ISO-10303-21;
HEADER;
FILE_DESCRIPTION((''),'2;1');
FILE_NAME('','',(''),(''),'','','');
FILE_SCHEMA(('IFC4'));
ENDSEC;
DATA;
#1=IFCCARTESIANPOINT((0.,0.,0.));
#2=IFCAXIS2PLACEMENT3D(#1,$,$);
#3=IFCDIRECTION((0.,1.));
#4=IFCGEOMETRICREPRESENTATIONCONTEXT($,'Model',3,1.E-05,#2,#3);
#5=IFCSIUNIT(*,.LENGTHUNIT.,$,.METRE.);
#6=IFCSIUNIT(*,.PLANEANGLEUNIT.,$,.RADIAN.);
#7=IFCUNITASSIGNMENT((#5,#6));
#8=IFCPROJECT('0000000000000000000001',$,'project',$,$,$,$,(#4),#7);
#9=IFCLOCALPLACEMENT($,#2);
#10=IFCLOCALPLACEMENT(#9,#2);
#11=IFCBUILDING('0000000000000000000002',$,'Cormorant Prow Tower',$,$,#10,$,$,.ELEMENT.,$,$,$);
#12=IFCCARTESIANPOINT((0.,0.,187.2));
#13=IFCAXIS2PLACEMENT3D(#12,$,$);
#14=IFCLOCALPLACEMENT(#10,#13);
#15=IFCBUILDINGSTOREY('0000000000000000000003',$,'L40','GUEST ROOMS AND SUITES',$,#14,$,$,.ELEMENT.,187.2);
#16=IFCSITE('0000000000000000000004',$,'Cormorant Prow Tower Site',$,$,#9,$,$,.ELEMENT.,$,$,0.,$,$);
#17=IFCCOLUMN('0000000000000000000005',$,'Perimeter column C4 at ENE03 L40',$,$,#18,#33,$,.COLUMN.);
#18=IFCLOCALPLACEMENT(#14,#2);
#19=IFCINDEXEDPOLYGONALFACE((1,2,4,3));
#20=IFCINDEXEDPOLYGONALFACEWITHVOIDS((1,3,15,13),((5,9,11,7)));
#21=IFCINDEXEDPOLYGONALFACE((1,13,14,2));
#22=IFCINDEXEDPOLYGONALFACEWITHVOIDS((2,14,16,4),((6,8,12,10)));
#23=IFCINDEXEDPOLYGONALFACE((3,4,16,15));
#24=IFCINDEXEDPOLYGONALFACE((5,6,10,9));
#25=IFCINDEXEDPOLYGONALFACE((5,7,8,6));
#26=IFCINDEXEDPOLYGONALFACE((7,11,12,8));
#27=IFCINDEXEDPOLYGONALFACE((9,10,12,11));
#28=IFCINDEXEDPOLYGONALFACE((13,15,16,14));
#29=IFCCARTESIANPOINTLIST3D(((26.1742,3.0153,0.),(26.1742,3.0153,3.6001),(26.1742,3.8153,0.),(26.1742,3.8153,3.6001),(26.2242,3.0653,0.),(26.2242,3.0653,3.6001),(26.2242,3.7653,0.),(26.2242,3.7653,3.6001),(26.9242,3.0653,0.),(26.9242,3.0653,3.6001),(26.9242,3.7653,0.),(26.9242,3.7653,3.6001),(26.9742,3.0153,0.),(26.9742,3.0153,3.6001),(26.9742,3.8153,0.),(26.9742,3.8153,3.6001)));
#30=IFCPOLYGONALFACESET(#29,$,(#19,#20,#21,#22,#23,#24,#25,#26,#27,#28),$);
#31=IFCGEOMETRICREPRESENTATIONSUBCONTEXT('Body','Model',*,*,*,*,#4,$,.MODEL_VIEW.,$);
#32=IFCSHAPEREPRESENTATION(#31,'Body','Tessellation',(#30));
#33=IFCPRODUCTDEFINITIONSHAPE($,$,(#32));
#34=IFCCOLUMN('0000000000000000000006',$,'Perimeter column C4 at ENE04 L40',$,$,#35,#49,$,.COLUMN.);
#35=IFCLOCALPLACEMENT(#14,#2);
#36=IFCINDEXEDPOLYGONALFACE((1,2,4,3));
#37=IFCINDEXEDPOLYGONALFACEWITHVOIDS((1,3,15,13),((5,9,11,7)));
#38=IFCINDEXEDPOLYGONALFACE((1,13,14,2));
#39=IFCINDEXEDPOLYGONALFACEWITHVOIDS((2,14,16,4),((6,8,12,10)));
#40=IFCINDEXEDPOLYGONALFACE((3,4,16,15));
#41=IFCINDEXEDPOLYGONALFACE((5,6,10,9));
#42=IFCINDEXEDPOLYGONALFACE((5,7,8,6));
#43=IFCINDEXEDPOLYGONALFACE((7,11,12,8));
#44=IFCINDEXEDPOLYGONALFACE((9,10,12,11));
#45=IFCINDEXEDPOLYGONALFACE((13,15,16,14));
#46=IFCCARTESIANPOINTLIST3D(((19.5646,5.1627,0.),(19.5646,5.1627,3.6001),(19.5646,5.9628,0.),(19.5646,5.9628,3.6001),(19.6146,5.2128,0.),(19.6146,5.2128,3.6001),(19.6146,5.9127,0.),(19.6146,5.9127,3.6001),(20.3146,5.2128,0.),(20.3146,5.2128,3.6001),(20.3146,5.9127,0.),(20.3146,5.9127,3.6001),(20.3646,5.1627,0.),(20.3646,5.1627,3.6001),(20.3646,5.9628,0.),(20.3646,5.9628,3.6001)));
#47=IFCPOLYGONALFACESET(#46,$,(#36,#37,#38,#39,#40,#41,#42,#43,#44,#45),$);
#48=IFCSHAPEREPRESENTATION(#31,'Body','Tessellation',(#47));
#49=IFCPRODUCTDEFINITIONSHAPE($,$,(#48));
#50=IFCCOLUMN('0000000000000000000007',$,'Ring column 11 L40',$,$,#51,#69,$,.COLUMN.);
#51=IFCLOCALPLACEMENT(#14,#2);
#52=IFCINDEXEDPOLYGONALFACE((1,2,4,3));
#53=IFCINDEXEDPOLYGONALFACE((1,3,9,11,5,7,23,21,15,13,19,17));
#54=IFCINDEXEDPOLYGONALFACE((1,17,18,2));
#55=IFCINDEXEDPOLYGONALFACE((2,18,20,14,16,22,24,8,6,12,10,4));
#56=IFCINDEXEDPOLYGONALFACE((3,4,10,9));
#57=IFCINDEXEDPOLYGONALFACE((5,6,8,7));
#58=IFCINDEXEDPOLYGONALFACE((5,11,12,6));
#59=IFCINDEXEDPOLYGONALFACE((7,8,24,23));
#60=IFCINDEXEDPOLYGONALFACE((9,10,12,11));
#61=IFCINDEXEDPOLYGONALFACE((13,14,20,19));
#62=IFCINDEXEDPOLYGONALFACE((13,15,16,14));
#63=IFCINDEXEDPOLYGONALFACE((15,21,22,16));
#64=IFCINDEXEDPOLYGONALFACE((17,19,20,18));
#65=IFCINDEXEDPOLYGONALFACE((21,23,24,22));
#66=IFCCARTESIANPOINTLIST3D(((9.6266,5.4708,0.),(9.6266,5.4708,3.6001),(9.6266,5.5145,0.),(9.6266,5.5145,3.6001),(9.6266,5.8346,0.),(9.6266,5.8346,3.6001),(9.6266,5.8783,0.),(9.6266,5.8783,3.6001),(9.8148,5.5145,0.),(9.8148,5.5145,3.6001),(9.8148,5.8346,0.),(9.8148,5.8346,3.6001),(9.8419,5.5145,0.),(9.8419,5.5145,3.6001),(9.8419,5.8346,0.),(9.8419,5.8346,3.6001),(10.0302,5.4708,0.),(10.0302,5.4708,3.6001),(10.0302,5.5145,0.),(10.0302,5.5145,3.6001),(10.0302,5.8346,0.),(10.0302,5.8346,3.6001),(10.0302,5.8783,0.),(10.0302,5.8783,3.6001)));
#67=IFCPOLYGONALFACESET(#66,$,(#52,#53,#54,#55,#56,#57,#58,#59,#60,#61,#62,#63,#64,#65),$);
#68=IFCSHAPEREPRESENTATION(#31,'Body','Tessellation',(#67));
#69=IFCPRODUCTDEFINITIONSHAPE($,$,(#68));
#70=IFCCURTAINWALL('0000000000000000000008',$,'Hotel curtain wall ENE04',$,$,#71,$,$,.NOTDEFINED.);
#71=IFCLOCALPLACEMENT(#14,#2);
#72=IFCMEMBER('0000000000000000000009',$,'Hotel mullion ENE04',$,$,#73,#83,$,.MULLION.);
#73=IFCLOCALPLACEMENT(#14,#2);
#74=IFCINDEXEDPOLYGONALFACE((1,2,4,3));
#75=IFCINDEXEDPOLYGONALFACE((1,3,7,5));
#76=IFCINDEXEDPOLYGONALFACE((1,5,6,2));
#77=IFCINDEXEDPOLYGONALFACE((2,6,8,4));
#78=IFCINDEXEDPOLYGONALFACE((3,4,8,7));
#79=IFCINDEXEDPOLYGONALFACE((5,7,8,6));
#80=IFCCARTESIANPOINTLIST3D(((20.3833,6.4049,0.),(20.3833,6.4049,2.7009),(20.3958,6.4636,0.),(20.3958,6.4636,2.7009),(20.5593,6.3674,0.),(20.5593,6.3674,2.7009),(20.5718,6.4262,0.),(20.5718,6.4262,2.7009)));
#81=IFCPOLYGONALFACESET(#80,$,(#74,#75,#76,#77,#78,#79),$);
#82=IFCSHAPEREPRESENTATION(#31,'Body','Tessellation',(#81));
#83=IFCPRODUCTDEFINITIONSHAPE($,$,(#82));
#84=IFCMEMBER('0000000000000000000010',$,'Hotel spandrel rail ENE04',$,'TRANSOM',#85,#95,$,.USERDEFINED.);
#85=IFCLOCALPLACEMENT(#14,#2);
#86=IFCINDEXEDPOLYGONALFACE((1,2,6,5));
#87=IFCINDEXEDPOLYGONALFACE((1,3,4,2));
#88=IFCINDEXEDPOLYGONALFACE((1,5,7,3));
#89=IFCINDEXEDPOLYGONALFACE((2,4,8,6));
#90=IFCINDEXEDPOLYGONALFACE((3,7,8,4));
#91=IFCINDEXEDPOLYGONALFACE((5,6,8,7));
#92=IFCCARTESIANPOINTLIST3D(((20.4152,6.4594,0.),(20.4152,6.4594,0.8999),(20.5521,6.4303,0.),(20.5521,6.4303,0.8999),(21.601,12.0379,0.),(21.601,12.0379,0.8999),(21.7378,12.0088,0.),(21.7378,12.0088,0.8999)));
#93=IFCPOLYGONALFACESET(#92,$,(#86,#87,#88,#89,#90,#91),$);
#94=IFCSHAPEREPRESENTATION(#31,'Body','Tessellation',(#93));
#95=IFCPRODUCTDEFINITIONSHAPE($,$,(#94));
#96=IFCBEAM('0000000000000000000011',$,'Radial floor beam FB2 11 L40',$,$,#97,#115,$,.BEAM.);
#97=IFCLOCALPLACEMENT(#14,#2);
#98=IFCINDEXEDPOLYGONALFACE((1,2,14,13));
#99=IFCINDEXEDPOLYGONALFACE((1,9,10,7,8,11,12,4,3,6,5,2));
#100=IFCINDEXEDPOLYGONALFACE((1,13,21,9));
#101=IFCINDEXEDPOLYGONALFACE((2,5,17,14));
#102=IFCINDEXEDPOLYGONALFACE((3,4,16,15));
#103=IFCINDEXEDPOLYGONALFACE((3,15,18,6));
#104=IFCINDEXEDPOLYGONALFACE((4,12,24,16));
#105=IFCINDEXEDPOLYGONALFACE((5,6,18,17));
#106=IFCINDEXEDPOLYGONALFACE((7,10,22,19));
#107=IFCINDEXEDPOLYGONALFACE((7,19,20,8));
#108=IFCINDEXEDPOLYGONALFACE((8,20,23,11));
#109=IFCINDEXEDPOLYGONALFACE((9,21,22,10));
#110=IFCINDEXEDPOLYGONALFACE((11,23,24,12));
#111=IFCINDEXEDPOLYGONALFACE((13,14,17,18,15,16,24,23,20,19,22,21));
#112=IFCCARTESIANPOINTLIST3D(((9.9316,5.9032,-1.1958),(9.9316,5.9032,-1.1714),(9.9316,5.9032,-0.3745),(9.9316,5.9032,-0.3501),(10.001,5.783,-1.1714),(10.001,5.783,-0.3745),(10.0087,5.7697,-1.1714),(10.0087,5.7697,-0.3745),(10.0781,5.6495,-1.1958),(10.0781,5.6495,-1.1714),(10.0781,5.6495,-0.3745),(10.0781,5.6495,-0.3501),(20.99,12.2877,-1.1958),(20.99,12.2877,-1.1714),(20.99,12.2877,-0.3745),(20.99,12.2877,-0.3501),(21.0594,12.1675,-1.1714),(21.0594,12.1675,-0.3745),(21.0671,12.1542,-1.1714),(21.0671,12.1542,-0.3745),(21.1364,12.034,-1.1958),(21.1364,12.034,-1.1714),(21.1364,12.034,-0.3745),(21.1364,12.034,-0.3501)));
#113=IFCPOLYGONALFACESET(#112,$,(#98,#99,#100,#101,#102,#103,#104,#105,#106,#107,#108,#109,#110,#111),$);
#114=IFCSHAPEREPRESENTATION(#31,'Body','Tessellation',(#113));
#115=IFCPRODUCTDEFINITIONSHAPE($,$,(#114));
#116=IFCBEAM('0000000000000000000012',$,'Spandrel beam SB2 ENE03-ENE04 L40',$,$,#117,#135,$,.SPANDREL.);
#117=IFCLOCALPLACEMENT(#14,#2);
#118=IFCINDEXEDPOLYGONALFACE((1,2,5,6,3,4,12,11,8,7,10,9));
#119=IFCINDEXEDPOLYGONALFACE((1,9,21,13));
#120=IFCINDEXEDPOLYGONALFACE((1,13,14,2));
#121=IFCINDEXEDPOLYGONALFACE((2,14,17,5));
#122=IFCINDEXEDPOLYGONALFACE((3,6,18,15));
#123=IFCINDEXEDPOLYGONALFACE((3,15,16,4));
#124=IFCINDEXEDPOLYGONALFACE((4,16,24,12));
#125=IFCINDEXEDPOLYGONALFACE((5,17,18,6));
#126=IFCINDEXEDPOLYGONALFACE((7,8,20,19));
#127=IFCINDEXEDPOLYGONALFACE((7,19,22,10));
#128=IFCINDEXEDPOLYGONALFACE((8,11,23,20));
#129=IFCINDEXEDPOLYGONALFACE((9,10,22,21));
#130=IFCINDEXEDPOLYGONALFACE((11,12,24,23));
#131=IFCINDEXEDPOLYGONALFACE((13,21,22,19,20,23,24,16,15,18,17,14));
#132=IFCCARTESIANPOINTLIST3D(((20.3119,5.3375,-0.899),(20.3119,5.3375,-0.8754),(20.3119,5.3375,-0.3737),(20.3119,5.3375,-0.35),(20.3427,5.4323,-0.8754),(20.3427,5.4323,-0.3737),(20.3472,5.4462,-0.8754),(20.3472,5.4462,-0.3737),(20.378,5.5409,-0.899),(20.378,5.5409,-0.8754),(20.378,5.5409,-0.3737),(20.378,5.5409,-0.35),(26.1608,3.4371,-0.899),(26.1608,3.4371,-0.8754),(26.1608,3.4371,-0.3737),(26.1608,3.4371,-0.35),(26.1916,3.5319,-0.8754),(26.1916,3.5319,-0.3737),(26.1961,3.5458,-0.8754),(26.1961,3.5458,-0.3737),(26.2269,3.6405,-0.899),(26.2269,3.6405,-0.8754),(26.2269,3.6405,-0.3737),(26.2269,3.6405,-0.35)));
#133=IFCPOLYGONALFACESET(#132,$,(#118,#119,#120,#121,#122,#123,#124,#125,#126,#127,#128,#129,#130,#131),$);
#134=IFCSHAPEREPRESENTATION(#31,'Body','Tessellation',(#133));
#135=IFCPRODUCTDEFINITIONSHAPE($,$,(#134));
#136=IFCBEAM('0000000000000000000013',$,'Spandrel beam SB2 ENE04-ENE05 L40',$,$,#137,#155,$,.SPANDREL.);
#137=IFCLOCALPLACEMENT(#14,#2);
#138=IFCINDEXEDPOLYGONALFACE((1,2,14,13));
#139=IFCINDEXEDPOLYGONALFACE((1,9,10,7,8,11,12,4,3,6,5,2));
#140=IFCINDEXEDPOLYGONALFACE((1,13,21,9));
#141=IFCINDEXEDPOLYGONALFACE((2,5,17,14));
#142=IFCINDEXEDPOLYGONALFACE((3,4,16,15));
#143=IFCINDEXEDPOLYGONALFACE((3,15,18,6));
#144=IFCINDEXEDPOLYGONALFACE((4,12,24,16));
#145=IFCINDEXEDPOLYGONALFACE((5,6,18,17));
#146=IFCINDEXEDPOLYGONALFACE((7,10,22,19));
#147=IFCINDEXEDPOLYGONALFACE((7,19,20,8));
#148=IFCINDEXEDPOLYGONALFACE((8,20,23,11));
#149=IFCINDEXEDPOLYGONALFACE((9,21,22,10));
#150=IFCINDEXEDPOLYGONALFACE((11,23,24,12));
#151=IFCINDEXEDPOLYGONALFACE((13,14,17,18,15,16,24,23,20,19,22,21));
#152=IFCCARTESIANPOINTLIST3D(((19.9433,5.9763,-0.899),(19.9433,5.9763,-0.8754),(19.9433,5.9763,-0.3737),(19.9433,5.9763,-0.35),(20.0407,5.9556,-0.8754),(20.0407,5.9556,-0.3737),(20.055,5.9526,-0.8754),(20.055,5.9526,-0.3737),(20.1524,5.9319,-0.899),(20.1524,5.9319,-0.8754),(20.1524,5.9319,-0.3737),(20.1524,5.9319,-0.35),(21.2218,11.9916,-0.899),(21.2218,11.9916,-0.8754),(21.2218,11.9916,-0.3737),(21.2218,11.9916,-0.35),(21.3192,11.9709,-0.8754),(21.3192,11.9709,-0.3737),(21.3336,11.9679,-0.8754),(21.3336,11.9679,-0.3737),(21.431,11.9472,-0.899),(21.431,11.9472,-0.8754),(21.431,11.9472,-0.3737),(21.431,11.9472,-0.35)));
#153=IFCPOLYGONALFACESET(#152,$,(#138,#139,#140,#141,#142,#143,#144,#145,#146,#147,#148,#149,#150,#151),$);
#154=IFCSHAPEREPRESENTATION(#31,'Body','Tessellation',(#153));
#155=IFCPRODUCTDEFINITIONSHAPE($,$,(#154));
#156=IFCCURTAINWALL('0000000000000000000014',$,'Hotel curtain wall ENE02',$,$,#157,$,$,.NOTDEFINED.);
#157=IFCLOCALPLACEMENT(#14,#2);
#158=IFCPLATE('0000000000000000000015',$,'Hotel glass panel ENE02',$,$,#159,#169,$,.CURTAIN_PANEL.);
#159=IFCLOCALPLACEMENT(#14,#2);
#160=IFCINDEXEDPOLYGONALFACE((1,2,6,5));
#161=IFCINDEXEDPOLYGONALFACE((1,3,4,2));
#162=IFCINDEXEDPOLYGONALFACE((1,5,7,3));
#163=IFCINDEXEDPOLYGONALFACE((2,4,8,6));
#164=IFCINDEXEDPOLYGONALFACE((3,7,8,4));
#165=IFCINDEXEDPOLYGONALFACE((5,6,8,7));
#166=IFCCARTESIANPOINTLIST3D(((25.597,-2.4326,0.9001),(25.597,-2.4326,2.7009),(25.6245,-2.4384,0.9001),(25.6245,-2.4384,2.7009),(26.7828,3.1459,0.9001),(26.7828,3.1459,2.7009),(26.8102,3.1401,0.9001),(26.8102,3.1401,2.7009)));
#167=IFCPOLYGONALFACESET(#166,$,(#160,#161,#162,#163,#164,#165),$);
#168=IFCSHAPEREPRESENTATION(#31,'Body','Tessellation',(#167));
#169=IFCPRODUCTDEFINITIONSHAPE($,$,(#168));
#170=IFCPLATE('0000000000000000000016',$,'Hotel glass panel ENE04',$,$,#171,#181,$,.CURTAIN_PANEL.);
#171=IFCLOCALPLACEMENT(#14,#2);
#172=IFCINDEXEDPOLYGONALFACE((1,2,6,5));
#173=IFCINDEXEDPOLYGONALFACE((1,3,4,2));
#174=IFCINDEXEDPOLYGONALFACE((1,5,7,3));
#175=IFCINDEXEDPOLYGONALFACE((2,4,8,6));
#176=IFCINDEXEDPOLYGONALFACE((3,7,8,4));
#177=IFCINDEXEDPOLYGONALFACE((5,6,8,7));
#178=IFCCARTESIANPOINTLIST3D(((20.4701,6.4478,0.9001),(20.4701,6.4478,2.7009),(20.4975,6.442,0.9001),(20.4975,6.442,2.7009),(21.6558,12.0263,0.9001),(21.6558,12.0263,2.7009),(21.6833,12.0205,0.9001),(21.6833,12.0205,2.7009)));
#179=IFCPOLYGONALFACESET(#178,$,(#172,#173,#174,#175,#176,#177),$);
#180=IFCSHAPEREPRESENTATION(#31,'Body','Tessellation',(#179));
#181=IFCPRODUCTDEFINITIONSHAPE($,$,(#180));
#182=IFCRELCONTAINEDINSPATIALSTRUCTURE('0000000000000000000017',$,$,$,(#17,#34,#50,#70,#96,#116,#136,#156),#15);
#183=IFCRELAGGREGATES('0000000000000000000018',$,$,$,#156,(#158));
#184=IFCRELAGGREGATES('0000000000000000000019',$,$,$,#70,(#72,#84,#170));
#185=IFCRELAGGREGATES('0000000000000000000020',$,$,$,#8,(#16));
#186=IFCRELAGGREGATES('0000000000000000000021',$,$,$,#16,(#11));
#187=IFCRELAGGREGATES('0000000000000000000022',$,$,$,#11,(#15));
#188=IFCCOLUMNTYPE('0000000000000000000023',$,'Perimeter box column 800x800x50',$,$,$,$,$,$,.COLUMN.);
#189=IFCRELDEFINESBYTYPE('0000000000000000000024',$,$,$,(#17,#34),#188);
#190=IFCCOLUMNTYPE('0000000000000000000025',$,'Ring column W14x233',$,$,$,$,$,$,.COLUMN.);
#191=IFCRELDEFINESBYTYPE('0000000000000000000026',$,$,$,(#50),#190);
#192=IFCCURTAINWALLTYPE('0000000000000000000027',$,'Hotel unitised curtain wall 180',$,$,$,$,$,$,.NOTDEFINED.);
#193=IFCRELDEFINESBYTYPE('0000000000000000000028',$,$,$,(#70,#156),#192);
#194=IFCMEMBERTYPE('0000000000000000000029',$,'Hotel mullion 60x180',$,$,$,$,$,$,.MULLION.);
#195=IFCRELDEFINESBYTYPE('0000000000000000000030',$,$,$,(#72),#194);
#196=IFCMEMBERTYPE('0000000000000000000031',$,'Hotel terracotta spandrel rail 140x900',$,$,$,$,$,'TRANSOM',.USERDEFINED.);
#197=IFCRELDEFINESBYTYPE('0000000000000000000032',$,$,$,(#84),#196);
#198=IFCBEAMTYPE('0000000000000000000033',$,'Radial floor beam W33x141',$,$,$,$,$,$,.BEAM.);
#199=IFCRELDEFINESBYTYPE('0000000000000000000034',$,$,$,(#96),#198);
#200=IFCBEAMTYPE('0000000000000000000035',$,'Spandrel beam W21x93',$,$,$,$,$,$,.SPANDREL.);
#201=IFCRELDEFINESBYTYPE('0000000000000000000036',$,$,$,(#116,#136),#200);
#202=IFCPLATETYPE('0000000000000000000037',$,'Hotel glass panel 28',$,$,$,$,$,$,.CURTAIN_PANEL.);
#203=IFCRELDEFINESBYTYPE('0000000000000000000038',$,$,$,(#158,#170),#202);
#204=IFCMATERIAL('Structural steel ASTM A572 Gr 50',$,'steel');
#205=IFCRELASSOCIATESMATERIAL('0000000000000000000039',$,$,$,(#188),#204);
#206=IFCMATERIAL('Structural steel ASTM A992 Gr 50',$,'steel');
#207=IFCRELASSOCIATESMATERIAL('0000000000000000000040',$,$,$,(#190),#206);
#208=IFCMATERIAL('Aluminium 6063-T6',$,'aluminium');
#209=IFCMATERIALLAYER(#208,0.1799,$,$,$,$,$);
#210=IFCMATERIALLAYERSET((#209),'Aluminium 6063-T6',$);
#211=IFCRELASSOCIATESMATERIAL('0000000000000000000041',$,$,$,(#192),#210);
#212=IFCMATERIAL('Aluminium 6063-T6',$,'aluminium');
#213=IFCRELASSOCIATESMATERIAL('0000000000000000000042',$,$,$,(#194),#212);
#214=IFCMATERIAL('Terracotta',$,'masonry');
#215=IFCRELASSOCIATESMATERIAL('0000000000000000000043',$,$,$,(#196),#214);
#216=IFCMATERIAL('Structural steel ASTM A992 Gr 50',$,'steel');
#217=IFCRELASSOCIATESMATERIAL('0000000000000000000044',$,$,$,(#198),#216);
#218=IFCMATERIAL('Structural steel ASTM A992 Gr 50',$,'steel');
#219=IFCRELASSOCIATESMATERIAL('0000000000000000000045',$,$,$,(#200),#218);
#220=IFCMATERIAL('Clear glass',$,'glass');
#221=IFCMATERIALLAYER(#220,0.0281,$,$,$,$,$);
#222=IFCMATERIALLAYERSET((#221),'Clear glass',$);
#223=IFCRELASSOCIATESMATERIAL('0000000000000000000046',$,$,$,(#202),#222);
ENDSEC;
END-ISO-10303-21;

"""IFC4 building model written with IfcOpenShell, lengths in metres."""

from ifc_helpers import new_model, si_unit, direction, frame, origin, origin_2d, place, context, subcontext, project, spatial, rectangle, hollow_rectangle, i_section, extrude, material, layer, layer_set, material_profile, profile_set, type_object, element, aggregate, save


model = new_model("IFC4")

# Units and contexts
model_context = context("Model", 3, precision=1e-05, world=origin(), true_north=direction((0.0, 1.0)))
body_context = subcontext(model_context, "Body", "Model", "MODEL_VIEW")
ifc_project = project(units=[si_unit("LENGTHUNIT", "METRE"), si_unit("PLANEANGLEUNIT", "RADIAN")], contexts=[model_context])

# Site, building, storey
site_placement = place(None, origin())
site = spatial("IfcSite", under=ifc_project, at=site_placement, Name="Cormorant Prow Tower Site", CompositionType="ELEMENT", RefElevation=0.0)
building_placement = place(site_placement, origin())
building = spatial("IfcBuilding", under=site, at=building_placement, Name="Cormorant Prow Tower", CompositionType="ELEMENT")
storey_placement = place(building_placement, frame((0.0, 0.0, 187.2)))
storey = spatial("IfcBuildingStorey", under=building, at=storey_placement, Name="L40", Description="GUEST ROOMS AND SUITES", CompositionType="ELEMENT", Elevation=187.2)

# Columns
ifc_material_1 = material(Name="Structural steel ASTM A572 Gr 50", Category="steel")
ifc_material_profile_1 = material_profile(ifc_material_1, hollow_rectangle(XDim=0.8, YDim=0.8, WallThickness=0.05, at=origin_2d()), Name="Box 800x800x50")
ifc_profile_set_1 = profile_set([ifc_material_profile_1], Name="Structural steel ASTM A572 Gr 50")
column_type_1 = type_object("IfcColumnType", Name="Perimeter box column 800x800x50", PredefinedType="COLUMN", material=ifc_profile_set_1)
for number, where, z_axis, x_axis, name in (
    (1, (26.5742, 3.4153, 0.0), (0.0, 0.0, 1.0), (1.0, 0.0, 0.0), "Perimeter column C4 at ENE03 L40"),
    (2, (19.9646, 5.5627, 0.0), (0.0, 0.0, 1.0), (1.0, 0.0, 0.0), "Perimeter column C4 at ENE04 L40"),
):
    element("IfcColumn", number, at=place(storey_placement, frame(where, z_axis=z_axis, x_axis=x_axis)), inside=storey, type_object=column_type_1, Name=name, PredefinedType="COLUMN", context=body_context, shape_type="SweptSolid", body=[
        extrude(hollow_rectangle(XDim=0.8, YDim=0.8, WallThickness=0.05, at=origin_2d()), origin(), (0.0, 0.0, 1.0), 3.6001),
    ])
ifc_material_2 = material(Name="Structural steel ASTM A992 Gr 50", Category="steel")
ifc_material_profile_2 = material_profile(ifc_material_2, i_section(OverallWidth=0.4036, OverallDepth=0.4075, WebThickness=0.0271, FlangeThickness=0.0437, at=origin_2d()), Name="W14x233")
ifc_profile_set_2 = profile_set([ifc_material_profile_2], Name="Structural steel ASTM A992 Gr 50")
column_type_2 = type_object("IfcColumnType", Name="Ring column W14x233", PredefinedType="COLUMN", material=ifc_profile_set_2)
column_placement = place(storey_placement, frame((9.8284, 5.6746, 0.0), z_axis=(0.0, 0.0, 1.0), x_axis=(1.0, 0.0, 0.0)))
element("IfcColumn", 3, at=column_placement, inside=storey, type_object=column_type_2, Name="Ring column 11 L40", PredefinedType="COLUMN", context=body_context, shape_type="SweptSolid", body=[
    extrude(i_section(OverallWidth=0.4036, OverallDepth=0.4075, WebThickness=0.0271, FlangeThickness=0.0437, at=origin_2d()), origin(), (0.0, 0.0, 1.0), 3.6001),
])

# Curtain wall, members
ifc_material_3 = material(Name="Aluminium 6063-T6", Category="aluminium")
ifc_layer_1 = layer(ifc_material_3, 0.1799)
ifc_layer_set_1 = layer_set([ifc_layer_1], Name="Aluminium 6063-T6")
curtain_wall_type = type_object("IfcCurtainWallType", Name="Hotel unitised curtain wall 180", PredefinedType="NOTDEFINED", material=ifc_layer_set_1)
curtain_wall_1_placement = place(storey_placement, origin())
curtain_wall_1 = element("IfcCurtainWall", 4, at=curtain_wall_1_placement, inside=storey, type_object=curtain_wall_type, Name="Hotel curtain wall ENE04", PredefinedType="NOTDEFINED")
ifc_material_4 = material(Name="Aluminium 6063-T6", Category="aluminium")
ifc_material_profile_3 = material_profile(ifc_material_4, rectangle(XDim=0.1799, YDim=0.0601, at=origin_2d()), Name="Hotel mullion 60x180")
ifc_profile_set_3 = profile_set([ifc_material_profile_3], Name="Aluminium 6063-T6")
member_type_1 = type_object("IfcMemberType", Name="Hotel mullion 60x180", PredefinedType="MULLION", material=ifc_profile_set_3)
member_1_placement = place(storey_placement, frame((20.4775, 6.4155, 0.0), z_axis=(0.0, 0.0, 1.0), x_axis=(-0.978148, 0.207912, 0.0)))
member_1 = element("IfcMember", 5, at=member_1_placement, type_object=member_type_1, Name="Hotel mullion ENE04", PredefinedType="MULLION", context=body_context, shape_type="SweptSolid", body=[
    extrude(rectangle(XDim=0.1799, YDim=0.0601, at=origin_2d()), origin(), (0.0, 0.0, 1.0), 2.7009),
])
ifc_material_5 = material(Name="Terracotta", Category="masonry")
ifc_material_profile_4 = material_profile(ifc_material_5, rectangle(XDim=0.1399, YDim=0.8999, at=origin_2d()), Name="Hotel terracotta spandrel rail 140x900")
ifc_profile_set_4 = profile_set([ifc_material_profile_4], Name="Terracotta")
member_type_2 = type_object("IfcMemberType", Name="Hotel terracotta spandrel rail 140x900", ElementType="TRANSOM", PredefinedType="USERDEFINED", material=ifc_profile_set_4)
member_2_placement = place(storey_placement, frame((20.4836, 6.4448, 0.45), z_axis=(0.207915, 0.978147, 0.0), x_axis=(-0.978147, 0.207915, 0.0)))
member_2 = element("IfcMember", 6, at=member_2_placement, type_object=member_type_2, Name="Hotel spandrel rail ENE04", ObjectType="TRANSOM", PredefinedType="USERDEFINED", context=body_context, shape_type="SweptSolid", body=[
    extrude(rectangle(XDim=0.1399, YDim=0.8999, at=origin_2d()), origin(), (0.0, 0.0, 1.0), 5.7031),
])

# Beams
ifc_material_6 = material(Name="Structural steel ASTM A992 Gr 50", Category="steel")
ifc_material_profile_5 = material_profile(ifc_material_6, i_section(OverallWidth=0.293, OverallDepth=0.8457, WebThickness=0.0154, FlangeThickness=0.0244, at=origin_2d()), Name="W33x141")
ifc_profile_set_5 = profile_set([ifc_material_profile_5], Name="Structural steel ASTM A992 Gr 50")
beam_type_1 = type_object("IfcBeamType", Name="Radial floor beam W33x141", PredefinedType="BEAM", material=ifc_profile_set_5)
beam_1_placement = place(storey_placement, frame((10.0049, 5.7764, -0.7729), z_axis=(0.866026, 0.499999, 0.0), x_axis=(-0.499999, 0.866026, 0.0)))
element("IfcBeam", 7, at=beam_1_placement, inside=storey, type_object=beam_type_1, Name="Radial floor beam FB2 11 L40", PredefinedType="BEAM", context=body_context, shape_type="SweptSolid", body=[
    extrude(i_section(OverallWidth=0.293, OverallDepth=0.8457, WebThickness=0.0154, FlangeThickness=0.0244, at=origin_2d()), origin(), (0.0, 0.0, 1.0), 12.769),
])
ifc_material_7 = material(Name="Structural steel ASTM A992 Gr 50", Category="steel")
ifc_material_profile_6 = material_profile(ifc_material_7, i_section(OverallWidth=0.2139, OverallDepth=0.5491, WebThickness=0.0146, FlangeThickness=0.0237, at=origin_2d()), Name="W21x93")
ifc_profile_set_6 = profile_set([ifc_material_profile_6], Name="Structural steel ASTM A992 Gr 50")
beam_type_2 = type_object("IfcBeamType", Name="Spandrel beam W21x93", PredefinedType="SPANDREL", material=ifc_profile_set_6)
beam_2_placement = place(storey_placement, frame((26.1938, 3.5388, -0.6245), z_axis=(-0.951058, 0.309013, 0.0), x_axis=(-0.309013, -0.951058, 0.0)))
element("IfcBeam", 8, at=beam_2_placement, inside=storey, type_object=beam_type_2, Name="Spandrel beam SB2 ENE03-ENE04 L40", PredefinedType="SPANDREL", context=body_context, shape_type="SweptSolid", body=[
    extrude(i_section(OverallWidth=0.2139, OverallDepth=0.5491, WebThickness=0.0146, FlangeThickness=0.0237, at=origin_2d()), origin(), (0.0, 0.0, 1.0), 6.1499),
])
beam_3_placement = place(storey_placement, frame((20.0479, 5.9541, -0.6245), z_axis=(0.207905, 0.978149, 0.0), x_axis=(-0.978149, 0.207905, 0.0)))
element("IfcBeam", 9, at=beam_3_placement, inside=storey, type_object=beam_type_2, Name="Spandrel beam SB2 ENE04-ENE05 L40", PredefinedType="SPANDREL", context=body_context, shape_type="SweptSolid", body=[
    extrude(i_section(OverallWidth=0.2139, OverallDepth=0.5491, WebThickness=0.0146, FlangeThickness=0.0237, at=origin_2d()), origin(), (0.0, 0.0, 1.0), 6.1497),
])

# Curtain wall, plate
curtain_wall_2_placement = place(storey_placement, origin())
curtain_wall_2 = element("IfcCurtainWall", 10, at=curtain_wall_2_placement, inside=storey, type_object=curtain_wall_type, Name="Hotel curtain wall ENE02", PredefinedType="NOTDEFINED")
ifc_material_8 = material(Name="Clear glass", Category="glass")
ifc_layer_2 = layer(ifc_material_8, 0.0281)
ifc_layer_set_2 = layer_set([ifc_layer_2], Name="Clear glass")
plate_type = type_object("IfcPlateType", Name="Hotel glass panel 28", PredefinedType="CURTAIN_PANEL", material=ifc_layer_set_2)
plate_1_placement = place(storey_placement, frame((26.2036, 0.3538, 0.9001), z_axis=(0.0, 0.0, 1.0), x_axis=(0.207912, 0.978148, 0.0)))
plate_1 = element("IfcPlate", 11, at=plate_1_placement, type_object=plate_type, Name="Hotel glass panel ENE02", PredefinedType="CURTAIN_PANEL", context=body_context, shape_type="SweptSolid", body=[
    extrude(rectangle(XDim=5.7031, YDim=0.0281, at=origin_2d()), origin(), (0.0, 0.0, 1.0), 1.8008),
])
aggregate(curtain_wall_2, [plate_1])

# Plate
plate_2_placement = place(storey_placement, frame((21.0767, 9.2341, 0.9001), z_axis=(0.0, 0.0, 1.0), x_axis=(0.207912, 0.978148, 0.0)))
plate_2 = element("IfcPlate", 12, at=plate_2_placement, type_object=plate_type, Name="Hotel glass panel ENE04", PredefinedType="CURTAIN_PANEL", context=body_context, shape_type="SweptSolid", body=[
    extrude(rectangle(XDim=5.7031, YDim=0.0281, at=origin_2d()), origin(), (0.0, 0.0, 1.0), 1.8008),
])
aggregate(curtain_wall_1, [member_1, member_2, plate_2])

save(model, "model.ifc")
